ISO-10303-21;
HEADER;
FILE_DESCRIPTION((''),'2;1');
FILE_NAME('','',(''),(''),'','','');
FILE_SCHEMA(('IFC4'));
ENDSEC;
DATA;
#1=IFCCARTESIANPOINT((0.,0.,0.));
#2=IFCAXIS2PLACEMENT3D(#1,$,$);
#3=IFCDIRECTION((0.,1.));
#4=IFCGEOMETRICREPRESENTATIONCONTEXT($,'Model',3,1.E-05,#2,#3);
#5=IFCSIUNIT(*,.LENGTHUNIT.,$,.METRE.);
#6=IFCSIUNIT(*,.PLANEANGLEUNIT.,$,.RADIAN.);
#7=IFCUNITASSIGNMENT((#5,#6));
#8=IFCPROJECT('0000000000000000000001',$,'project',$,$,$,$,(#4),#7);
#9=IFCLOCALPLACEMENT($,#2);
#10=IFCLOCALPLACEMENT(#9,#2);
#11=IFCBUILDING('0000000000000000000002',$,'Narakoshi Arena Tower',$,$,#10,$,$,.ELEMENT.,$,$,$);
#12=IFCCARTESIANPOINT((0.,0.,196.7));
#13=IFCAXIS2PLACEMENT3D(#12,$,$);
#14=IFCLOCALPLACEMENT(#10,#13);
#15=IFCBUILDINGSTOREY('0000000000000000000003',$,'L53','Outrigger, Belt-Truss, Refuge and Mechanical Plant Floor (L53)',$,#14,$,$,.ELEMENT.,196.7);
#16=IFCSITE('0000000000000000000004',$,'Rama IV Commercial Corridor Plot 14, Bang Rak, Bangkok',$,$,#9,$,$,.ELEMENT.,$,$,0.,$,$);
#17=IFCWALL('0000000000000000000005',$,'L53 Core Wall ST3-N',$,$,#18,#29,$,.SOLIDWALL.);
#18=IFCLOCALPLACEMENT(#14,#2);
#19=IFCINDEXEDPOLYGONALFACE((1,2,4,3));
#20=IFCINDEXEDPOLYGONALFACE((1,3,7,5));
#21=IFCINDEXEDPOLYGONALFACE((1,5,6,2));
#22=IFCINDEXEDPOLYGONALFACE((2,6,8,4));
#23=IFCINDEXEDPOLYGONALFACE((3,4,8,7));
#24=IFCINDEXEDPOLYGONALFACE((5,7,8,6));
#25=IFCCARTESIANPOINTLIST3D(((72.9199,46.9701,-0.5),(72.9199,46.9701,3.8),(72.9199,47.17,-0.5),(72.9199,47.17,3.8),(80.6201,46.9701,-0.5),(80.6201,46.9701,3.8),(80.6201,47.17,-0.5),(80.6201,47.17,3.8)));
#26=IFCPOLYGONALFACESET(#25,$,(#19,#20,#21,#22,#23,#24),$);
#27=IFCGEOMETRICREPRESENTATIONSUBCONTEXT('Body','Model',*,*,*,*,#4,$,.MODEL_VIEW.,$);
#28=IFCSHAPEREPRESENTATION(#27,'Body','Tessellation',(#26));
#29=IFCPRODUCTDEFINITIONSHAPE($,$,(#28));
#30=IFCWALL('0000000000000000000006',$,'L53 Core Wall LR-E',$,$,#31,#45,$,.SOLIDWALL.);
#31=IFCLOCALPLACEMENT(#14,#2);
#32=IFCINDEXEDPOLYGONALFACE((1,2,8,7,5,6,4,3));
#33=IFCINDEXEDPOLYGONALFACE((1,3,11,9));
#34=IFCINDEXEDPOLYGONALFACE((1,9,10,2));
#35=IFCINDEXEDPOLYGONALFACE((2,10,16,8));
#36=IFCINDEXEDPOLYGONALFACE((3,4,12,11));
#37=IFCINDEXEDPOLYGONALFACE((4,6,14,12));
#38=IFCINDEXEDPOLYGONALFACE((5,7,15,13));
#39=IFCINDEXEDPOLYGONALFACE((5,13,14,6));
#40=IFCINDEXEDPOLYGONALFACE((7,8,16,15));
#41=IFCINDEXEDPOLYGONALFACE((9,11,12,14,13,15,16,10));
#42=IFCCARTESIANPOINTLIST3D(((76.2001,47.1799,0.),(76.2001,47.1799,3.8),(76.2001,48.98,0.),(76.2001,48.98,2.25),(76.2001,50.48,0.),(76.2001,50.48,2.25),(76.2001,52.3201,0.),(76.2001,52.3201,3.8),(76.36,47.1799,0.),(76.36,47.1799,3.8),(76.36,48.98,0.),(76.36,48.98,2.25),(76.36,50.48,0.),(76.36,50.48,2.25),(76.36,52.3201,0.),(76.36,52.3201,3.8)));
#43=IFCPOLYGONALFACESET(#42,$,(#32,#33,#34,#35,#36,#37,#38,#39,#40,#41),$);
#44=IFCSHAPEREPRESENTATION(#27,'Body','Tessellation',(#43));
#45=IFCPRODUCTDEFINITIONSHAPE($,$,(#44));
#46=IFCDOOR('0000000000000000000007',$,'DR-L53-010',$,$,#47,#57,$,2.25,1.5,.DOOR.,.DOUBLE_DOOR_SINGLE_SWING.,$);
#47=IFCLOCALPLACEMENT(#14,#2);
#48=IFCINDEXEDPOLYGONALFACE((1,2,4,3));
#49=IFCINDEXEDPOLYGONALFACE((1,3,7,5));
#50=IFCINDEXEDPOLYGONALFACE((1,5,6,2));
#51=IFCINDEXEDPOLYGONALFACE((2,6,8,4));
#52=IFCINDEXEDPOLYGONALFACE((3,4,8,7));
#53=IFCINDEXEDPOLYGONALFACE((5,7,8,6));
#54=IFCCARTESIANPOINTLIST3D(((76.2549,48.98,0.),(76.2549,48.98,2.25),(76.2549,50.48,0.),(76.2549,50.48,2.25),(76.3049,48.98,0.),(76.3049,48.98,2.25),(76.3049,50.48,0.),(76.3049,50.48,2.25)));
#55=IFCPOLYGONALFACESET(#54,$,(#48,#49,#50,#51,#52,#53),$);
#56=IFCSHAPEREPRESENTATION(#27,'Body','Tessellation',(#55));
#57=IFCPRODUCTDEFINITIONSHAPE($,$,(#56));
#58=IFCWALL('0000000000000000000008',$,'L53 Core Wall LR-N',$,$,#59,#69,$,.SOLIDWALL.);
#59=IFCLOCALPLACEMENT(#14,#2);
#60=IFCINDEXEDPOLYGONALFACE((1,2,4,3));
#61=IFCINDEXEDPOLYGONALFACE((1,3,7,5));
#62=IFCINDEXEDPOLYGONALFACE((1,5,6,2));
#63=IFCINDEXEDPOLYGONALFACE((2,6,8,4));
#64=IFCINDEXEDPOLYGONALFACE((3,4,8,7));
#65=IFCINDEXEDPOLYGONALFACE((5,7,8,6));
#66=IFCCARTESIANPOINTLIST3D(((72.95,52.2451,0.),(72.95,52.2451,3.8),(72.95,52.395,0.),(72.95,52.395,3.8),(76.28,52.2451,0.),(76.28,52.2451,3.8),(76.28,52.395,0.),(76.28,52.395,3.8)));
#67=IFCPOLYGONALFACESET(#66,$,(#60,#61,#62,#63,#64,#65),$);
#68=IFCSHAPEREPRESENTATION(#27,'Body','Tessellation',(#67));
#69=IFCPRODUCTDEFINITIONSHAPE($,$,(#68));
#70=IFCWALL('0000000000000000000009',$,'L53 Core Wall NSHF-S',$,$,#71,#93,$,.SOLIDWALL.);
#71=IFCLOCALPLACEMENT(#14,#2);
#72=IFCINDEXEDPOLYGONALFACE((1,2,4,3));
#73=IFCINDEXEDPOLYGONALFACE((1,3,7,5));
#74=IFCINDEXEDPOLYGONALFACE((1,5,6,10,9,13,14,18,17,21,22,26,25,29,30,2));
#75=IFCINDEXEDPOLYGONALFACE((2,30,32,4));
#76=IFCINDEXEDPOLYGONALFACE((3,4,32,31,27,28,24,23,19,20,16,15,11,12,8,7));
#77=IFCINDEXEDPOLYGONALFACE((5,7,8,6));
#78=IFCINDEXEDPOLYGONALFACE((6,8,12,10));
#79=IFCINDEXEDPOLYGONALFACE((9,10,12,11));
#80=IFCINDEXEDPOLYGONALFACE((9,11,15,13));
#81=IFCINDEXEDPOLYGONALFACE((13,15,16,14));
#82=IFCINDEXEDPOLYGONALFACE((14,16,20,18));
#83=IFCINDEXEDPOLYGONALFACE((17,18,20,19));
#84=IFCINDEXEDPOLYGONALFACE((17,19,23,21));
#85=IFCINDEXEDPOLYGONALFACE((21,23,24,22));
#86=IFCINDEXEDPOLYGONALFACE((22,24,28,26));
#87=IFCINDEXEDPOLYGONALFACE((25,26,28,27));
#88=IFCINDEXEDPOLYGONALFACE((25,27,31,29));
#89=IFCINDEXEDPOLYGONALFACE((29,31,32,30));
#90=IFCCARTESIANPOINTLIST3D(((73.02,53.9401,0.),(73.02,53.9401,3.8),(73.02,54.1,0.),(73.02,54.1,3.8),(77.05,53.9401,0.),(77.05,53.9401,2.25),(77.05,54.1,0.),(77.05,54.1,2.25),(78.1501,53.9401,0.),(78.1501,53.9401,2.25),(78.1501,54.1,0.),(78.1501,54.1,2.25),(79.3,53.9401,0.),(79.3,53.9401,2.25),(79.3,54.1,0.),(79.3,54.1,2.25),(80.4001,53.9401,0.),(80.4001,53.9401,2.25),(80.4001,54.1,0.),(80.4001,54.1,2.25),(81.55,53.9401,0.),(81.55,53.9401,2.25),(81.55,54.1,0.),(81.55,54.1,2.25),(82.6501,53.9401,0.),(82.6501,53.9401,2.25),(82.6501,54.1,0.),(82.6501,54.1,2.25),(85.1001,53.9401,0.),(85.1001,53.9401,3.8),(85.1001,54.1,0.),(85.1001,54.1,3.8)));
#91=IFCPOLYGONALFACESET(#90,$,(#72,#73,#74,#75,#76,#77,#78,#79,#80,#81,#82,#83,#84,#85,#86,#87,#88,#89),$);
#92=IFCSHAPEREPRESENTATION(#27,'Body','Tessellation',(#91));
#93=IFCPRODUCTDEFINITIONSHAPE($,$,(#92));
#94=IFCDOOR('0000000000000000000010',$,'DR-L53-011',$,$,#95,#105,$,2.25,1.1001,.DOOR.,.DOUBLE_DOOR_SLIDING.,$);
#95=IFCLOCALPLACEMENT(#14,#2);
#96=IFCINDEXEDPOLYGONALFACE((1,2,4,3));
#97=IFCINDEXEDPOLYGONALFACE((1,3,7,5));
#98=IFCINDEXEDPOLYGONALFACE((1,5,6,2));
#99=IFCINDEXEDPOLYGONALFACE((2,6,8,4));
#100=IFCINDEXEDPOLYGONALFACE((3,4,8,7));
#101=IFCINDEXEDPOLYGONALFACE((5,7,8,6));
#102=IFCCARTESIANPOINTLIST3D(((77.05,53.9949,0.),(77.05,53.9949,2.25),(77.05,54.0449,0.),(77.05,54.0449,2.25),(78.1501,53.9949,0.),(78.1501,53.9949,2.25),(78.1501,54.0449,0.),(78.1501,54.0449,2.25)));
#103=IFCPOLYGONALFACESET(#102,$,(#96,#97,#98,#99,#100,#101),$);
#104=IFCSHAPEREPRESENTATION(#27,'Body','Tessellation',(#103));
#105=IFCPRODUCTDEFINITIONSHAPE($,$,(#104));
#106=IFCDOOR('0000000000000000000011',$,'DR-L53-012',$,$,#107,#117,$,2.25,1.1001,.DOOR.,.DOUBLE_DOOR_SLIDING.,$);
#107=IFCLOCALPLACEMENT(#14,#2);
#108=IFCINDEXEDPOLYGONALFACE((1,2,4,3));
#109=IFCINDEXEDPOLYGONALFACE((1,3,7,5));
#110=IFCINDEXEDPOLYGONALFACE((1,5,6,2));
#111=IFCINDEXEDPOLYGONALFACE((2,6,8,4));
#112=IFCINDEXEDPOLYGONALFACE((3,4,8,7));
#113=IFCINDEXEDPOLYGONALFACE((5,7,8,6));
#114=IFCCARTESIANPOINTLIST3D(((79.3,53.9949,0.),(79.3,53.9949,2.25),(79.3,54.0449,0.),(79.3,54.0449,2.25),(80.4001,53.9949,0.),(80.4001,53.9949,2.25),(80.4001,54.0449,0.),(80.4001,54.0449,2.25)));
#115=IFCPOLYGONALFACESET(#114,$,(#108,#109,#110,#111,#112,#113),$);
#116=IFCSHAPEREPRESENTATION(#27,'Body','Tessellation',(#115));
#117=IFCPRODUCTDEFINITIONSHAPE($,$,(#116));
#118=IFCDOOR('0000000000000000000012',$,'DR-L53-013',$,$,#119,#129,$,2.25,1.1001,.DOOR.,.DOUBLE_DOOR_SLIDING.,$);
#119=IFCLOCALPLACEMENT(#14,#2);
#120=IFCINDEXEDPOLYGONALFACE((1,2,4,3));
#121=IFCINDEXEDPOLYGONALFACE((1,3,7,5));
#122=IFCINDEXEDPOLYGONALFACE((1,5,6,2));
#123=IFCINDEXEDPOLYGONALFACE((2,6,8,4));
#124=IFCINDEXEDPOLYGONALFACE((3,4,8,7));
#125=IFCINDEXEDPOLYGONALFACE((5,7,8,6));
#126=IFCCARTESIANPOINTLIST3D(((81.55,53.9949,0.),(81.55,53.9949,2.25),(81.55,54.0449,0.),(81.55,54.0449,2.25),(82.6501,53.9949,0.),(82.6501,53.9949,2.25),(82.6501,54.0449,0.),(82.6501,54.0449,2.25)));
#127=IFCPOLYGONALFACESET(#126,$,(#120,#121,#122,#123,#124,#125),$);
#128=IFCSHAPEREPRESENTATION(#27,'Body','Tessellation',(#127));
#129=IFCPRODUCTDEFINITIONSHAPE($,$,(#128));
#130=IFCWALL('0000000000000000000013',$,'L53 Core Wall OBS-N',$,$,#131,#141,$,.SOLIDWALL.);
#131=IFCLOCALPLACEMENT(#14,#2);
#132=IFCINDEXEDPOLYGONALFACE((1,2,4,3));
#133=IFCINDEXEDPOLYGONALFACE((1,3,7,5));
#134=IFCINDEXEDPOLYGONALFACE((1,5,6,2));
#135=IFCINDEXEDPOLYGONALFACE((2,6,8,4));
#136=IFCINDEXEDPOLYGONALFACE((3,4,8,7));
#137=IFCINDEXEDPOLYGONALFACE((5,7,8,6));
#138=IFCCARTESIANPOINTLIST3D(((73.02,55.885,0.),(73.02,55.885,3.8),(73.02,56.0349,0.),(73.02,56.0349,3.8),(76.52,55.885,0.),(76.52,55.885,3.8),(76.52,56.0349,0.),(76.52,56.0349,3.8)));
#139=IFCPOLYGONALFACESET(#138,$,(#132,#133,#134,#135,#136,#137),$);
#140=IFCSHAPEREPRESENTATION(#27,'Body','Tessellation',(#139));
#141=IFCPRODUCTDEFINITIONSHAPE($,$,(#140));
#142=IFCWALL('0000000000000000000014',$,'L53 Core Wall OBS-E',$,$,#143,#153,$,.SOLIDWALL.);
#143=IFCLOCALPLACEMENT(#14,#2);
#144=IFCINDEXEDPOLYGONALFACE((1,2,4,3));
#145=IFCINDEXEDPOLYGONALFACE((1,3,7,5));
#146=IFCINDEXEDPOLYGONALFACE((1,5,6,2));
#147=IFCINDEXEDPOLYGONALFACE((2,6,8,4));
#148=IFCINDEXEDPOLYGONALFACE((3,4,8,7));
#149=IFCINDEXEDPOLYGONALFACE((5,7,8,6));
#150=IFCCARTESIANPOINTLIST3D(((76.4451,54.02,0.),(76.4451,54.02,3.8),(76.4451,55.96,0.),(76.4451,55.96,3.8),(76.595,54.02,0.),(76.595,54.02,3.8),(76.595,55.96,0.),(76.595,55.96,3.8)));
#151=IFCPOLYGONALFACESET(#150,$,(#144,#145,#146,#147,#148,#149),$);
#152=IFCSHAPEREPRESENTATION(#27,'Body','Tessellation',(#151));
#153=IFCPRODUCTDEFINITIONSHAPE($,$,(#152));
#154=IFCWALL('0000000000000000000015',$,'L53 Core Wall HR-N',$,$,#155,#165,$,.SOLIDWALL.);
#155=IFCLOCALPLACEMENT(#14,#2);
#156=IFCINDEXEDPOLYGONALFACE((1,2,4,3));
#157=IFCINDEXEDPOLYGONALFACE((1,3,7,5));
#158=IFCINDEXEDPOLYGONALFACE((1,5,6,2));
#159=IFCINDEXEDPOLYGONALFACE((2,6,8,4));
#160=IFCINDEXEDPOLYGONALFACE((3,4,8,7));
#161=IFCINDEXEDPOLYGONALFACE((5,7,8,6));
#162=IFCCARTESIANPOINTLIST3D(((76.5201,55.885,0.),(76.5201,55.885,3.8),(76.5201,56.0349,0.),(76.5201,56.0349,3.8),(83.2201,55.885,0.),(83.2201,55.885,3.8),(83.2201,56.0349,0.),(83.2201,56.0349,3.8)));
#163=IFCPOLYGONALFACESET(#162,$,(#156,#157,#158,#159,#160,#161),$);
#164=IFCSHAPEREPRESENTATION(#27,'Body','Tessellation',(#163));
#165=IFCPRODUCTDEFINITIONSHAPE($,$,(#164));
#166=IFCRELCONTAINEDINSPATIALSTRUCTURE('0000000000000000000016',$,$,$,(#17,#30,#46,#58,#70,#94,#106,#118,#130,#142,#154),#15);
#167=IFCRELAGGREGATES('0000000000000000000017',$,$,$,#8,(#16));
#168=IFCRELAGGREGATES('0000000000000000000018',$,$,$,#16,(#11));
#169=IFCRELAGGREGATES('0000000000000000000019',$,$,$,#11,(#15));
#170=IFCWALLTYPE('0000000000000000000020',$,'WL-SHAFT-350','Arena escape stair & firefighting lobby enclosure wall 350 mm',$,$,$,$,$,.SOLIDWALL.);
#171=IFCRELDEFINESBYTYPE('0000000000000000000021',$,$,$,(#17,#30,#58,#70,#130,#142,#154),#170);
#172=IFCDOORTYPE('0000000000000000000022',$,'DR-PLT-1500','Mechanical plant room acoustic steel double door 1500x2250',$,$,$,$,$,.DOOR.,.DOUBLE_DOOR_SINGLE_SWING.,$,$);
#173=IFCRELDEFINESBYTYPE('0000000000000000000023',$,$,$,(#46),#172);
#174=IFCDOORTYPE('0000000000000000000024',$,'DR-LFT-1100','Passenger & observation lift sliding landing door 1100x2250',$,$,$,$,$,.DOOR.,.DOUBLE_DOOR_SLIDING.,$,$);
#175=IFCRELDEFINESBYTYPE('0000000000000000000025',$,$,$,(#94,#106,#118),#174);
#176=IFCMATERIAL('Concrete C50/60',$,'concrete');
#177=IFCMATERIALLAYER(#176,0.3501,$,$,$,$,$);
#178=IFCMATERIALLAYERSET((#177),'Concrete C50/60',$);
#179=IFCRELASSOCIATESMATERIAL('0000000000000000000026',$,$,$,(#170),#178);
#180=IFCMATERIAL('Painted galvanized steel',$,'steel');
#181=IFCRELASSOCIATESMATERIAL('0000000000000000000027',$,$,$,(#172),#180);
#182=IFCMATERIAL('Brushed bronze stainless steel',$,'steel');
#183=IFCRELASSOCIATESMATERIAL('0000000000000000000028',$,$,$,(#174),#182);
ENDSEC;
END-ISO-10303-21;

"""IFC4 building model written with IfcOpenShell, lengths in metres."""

from ifc_helpers import new_model, si_unit, direction, frame, frame_2d, origin, place, context, subcontext, project, spatial, rectangle, extrude, material, layer, layer_set, type_object, element, fill, save


model = new_model("IFC4")

# Units and contexts
model_context = context("Model", 3, precision=1e-05, world=origin(), true_north=direction((0.0, 1.0)))
body_context = subcontext(model_context, "Body", "Model", "MODEL_VIEW")
ifc_project = project(units=[si_unit("LENGTHUNIT", "METRE"), si_unit("PLANEANGLEUNIT", "RADIAN")], contexts=[model_context])

# Site, building, storey
site_placement = place(None, origin())
site = spatial("IfcSite", under=ifc_project, at=site_placement, Name="Rama IV Commercial Corridor Plot 14, Bang Rak, Bangkok", CompositionType="ELEMENT", RefElevation=0.0)
building_placement = place(site_placement, origin())
building = spatial("IfcBuilding", under=site, at=building_placement, Name="Narakoshi Arena Tower", CompositionType="ELEMENT")
storey_placement = place(building_placement, frame((0.0, 0.0, 196.7)))
storey = spatial("IfcBuildingStorey", under=building, at=storey_placement, Name="L53", Description="Outrigger, Belt-Truss, Refuge and Mechanical Plant Floor (L53)", CompositionType="ELEMENT", Elevation=196.7)

# Wall
ifc_material_1 = material(Name="Concrete C50/60", Category="concrete")
ifc_layer_1 = layer(ifc_material_1, 0.3501)
ifc_layer_set_1 = layer_set([ifc_layer_1], Name="Concrete C50/60")
wall_type_1 = type_object("IfcWallType", Name="WL-SHAFT-350", Description="Arena escape stair & firefighting lobby enclosure wall 350 mm", PredefinedType="SOLIDWALL", material=ifc_layer_set_1)
wall_1_placement = place(storey_placement, frame((72.9199, 47.0701, -0.5), z_axis=(0.0, 0.0, 1.0), x_axis=(1.0, 0.0, 0.0)))
element("IfcWall", 1, at=wall_1_placement, inside=storey, type_object=wall_type_1, Name="L53 Core Wall ST3-N", PredefinedType="SOLIDWALL", context=body_context, shape_type="SweptSolid", body=[
    extrude(rectangle(XDim=7.7002, YDim=0.2, at=frame_2d((3.8501, 0.0))), origin(), (0.0, 0.0, 1.0), 4.3),
])

# Wall, opening, door
wall_2_placement = place(storey_placement, frame((76.28, 47.1799, 0.0), z_axis=(0.0, 0.0, 1.0), x_axis=(0.0, 1.0, 0.0)))
wall_2 = element("IfcWall", 2, at=wall_2_placement, inside=storey, type_object=wall_type_1, Name="L53 Core Wall LR-E", PredefinedType="SOLIDWALL", context=body_context, shape_type="SweptSolid", body=[
    extrude(rectangle(XDim=5.1401, YDim=0.1599, at=frame_2d((2.5701, 0.0))), origin(), (0.0, 0.0, 1.0), 3.8),
])
opening_1_placement = place(wall_2_placement, frame((1.8, 0.0, 0.0)))
opening_1 = element("IfcOpeningElement", 3, at=opening_1_placement, cuts=wall_2, PredefinedType="OPENING", context=body_context, shape_type="SweptSolid", body=[
    extrude(rectangle(XDim=1.5, YDim=2.25, at=frame_2d((0.75, 1.125))), frame((0.0, 0.0898, 0.0), z_axis=(0.0, -1.0, 0.0), x_axis=(1.0, 0.0, 0.0)), (0.0, 0.0, 1.0), 0.1799),
])
ifc_material_2 = material(Name="Painted galvanized steel", Category="steel")
door_type_1 = type_object("IfcDoorType", Name="DR-PLT-1500", Description="Mechanical plant room acoustic steel double door 1500x2250", OperationType="DOUBLE_DOOR_SINGLE_SWING", PredefinedType="DOOR", material=ifc_material_2)
door_1_placement = place(opening_1_placement, frame((1.5, 0.0, 0.0), z_axis=(0.0, 0.0, 1.0), x_axis=(-1.0, 0.0, 0.0)))
door_1 = element("IfcDoor", 4, at=door_1_placement, inside=storey, type_object=door_type_1, Name="DR-L53-010", OperationType="DOUBLE_DOOR_SINGLE_SWING", OverallHeight=2.25, OverallWidth=1.5, PredefinedType="DOOR", context=body_context, shape_type="SweptSolid", body=[
    extrude(rectangle(XDim=1.5, YDim=2.25, at=frame_2d((0.75, 1.125))), frame((0.0, 0.0249, 0.0), z_axis=(0.0, -1.0, 0.0), x_axis=(1.0, 0.0, 0.0)), (0.0, 0.0, 1.0), 0.05),
])
fill(opening_1, door_1)

# Wall
wall_3_placement = place(storey_placement, frame((72.95, 52.3201, 0.0), z_axis=(0.0, 0.0, 1.0), x_axis=(1.0, 0.0, 0.0)))
element("IfcWall", 5, at=wall_3_placement, inside=storey, type_object=wall_type_1, Name="L53 Core Wall LR-N", PredefinedType="SOLIDWALL", context=body_context, shape_type="SweptSolid", body=[
    extrude(rectangle(XDim=3.3301, YDim=0.1499, at=frame_2d((1.665, 0.0))), origin(), (0.0, 0.0, 1.0), 3.8),
])

# Wall, openings, doors
wall_4_placement = place(storey_placement, frame((73.02, 54.02, 0.0), z_axis=(0.0, 0.0, 1.0), x_axis=(1.0, 0.0, 0.0)))
wall_4 = element("IfcWall", 6, at=wall_4_placement, inside=storey, type_object=wall_type_1, Name="L53 Core Wall NSHF-S", PredefinedType="SOLIDWALL", context=body_context, shape_type="SweptSolid", body=[
    extrude(rectangle(XDim=12.0801, YDim=0.1599, at=frame_2d((6.04, 0.0))), origin(), (0.0, 0.0, 1.0), 3.8),
])
opening_2_placement = place(wall_4_placement, frame((4.03, 0.0, 0.0)))
opening_2 = element("IfcOpeningElement", 7, at=opening_2_placement, cuts=wall_4, PredefinedType="OPENING", context=body_context, shape_type="SweptSolid", body=[
    extrude(rectangle(XDim=1.1001, YDim=2.25, at=frame_2d((0.55, 1.125))), frame((0.0, 0.0898, 0.0), z_axis=(0.0, -1.0, 0.0), x_axis=(1.0, 0.0, 0.0)), (0.0, 0.0, 1.0), 0.1799),
])
opening_3_placement = place(wall_4_placement, frame((6.28, 0.0, 0.0)))
opening_3 = element("IfcOpeningElement", 8, at=opening_3_placement, cuts=wall_4, PredefinedType="OPENING", context=body_context, shape_type="SweptSolid", body=[
    extrude(rectangle(XDim=1.1001, YDim=2.25, at=frame_2d((0.55, 1.125))), frame((0.0, 0.0898, 0.0), z_axis=(0.0, -1.0, 0.0), x_axis=(1.0, 0.0, 0.0)), (0.0, 0.0, 1.0), 0.1799),
])
opening_4_placement = place(wall_4_placement, frame((8.53, 0.0, 0.0)))
opening_4 = element("IfcOpeningElement", 9, at=opening_4_placement, cuts=wall_4, PredefinedType="OPENING", context=body_context, shape_type="SweptSolid", body=[
    extrude(rectangle(XDim=1.1001, YDim=2.25, at=frame_2d((0.55, 1.125))), frame((0.0, 0.0898, 0.0), z_axis=(0.0, -1.0, 0.0), x_axis=(1.0, 0.0, 0.0)), (0.0, 0.0, 1.0), 0.1799),
])
ifc_material_3 = material(Name="Brushed bronze stainless steel", Category="steel")
door_type_2 = type_object("IfcDoorType", Name="DR-LFT-1100", Description="Passenger & observation lift sliding landing door 1100x2250", OperationType="DOUBLE_DOOR_SLIDING", PredefinedType="DOOR", material=ifc_material_3)
door_2_placement = place(opening_2_placement, origin())
door_2 = element("IfcDoor", 10, at=door_2_placement, inside=storey, type_object=door_type_2, Name="DR-L53-011", OperationType="DOUBLE_DOOR_SLIDING", OverallHeight=2.25, OverallWidth=1.1001, PredefinedType="DOOR", context=body_context, shape_type="SweptSolid", body=[
    extrude(rectangle(XDim=1.1001, YDim=2.25, at=frame_2d((0.55, 1.125))), frame((0.0, 0.0249, 0.0), z_axis=(0.0, -1.0, 0.0), x_axis=(1.0, 0.0, 0.0)), (0.0, 0.0, 1.0), 0.05),
])
fill(opening_2, door_2)
door_3_placement = place(opening_3_placement, origin())
door_3 = element("IfcDoor", 11, at=door_3_placement, inside=storey, type_object=door_type_2, Name="DR-L53-012", OperationType="DOUBLE_DOOR_SLIDING", OverallHeight=2.25, OverallWidth=1.1001, PredefinedType="DOOR", context=body_context, shape_type="SweptSolid", body=[
    extrude(rectangle(XDim=1.1001, YDim=2.25, at=frame_2d((0.55, 1.125))), frame((0.0, 0.0249, 0.0), z_axis=(0.0, -1.0, 0.0), x_axis=(1.0, 0.0, 0.0)), (0.0, 0.0, 1.0), 0.05),
])
fill(opening_3, door_3)
door_4_placement = place(opening_4_placement, origin())
door_4 = element("IfcDoor", 12, at=door_4_placement, inside=storey, type_object=door_type_2, Name="DR-L53-013", OperationType="DOUBLE_DOOR_SLIDING", OverallHeight=2.25, OverallWidth=1.1001, PredefinedType="DOOR", context=body_context, shape_type="SweptSolid", body=[
    extrude(rectangle(XDim=1.1001, YDim=2.25, at=frame_2d((0.55, 1.125))), frame((0.0, 0.0249, 0.0), z_axis=(0.0, -1.0, 0.0), x_axis=(1.0, 0.0, 0.0)), (0.0, 0.0, 1.0), 0.05),
])
fill(opening_4, door_4)

# Walls
wall_5_placement = place(storey_placement, frame((73.02, 55.96, 0.0), z_axis=(0.0, 0.0, 1.0), x_axis=(1.0, 0.0, 0.0)))
element("IfcWall", 13, at=wall_5_placement, inside=storey, type_object=wall_type_1, Name="L53 Core Wall OBS-N", PredefinedType="SOLIDWALL", context=body_context, shape_type="SweptSolid", body=[
    extrude(rectangle(XDim=3.5, YDim=0.1499, at=frame_2d((1.75, 0.0))), origin(), (0.0, 0.0, 1.0), 3.8),
])
wall_6_placement = place(storey_placement, frame((76.52, 54.02, 0.0), z_axis=(0.0, 0.0, 1.0), x_axis=(0.0, 1.0, 0.0)))
element("IfcWall", 14, at=wall_6_placement, inside=storey, type_object=wall_type_1, Name="L53 Core Wall OBS-E", PredefinedType="SOLIDWALL", context=body_context, shape_type="SweptSolid", body=[
    extrude(rectangle(XDim=1.9399, YDim=0.1499, at=frame_2d((0.97, 0.0))), origin(), (0.0, 0.0, 1.0), 3.8),
])
wall_7_placement = place(storey_placement, frame((76.52, 55.96, 0.0), z_axis=(0.0, 0.0, 1.0), x_axis=(1.0, 0.0, 0.0)))
element("IfcWall", 15, at=wall_7_placement, inside=storey, type_object=wall_type_1, Name="L53 Core Wall HR-N", PredefinedType="SOLIDWALL", context=body_context, shape_type="SweptSolid", body=[
    extrude(rectangle(XDim=6.7, YDim=0.1499, at=frame_2d((3.3501, 0.0))), origin(), (0.0, 0.0, 1.0), 3.8),
])

save(model, "model.ifc")
